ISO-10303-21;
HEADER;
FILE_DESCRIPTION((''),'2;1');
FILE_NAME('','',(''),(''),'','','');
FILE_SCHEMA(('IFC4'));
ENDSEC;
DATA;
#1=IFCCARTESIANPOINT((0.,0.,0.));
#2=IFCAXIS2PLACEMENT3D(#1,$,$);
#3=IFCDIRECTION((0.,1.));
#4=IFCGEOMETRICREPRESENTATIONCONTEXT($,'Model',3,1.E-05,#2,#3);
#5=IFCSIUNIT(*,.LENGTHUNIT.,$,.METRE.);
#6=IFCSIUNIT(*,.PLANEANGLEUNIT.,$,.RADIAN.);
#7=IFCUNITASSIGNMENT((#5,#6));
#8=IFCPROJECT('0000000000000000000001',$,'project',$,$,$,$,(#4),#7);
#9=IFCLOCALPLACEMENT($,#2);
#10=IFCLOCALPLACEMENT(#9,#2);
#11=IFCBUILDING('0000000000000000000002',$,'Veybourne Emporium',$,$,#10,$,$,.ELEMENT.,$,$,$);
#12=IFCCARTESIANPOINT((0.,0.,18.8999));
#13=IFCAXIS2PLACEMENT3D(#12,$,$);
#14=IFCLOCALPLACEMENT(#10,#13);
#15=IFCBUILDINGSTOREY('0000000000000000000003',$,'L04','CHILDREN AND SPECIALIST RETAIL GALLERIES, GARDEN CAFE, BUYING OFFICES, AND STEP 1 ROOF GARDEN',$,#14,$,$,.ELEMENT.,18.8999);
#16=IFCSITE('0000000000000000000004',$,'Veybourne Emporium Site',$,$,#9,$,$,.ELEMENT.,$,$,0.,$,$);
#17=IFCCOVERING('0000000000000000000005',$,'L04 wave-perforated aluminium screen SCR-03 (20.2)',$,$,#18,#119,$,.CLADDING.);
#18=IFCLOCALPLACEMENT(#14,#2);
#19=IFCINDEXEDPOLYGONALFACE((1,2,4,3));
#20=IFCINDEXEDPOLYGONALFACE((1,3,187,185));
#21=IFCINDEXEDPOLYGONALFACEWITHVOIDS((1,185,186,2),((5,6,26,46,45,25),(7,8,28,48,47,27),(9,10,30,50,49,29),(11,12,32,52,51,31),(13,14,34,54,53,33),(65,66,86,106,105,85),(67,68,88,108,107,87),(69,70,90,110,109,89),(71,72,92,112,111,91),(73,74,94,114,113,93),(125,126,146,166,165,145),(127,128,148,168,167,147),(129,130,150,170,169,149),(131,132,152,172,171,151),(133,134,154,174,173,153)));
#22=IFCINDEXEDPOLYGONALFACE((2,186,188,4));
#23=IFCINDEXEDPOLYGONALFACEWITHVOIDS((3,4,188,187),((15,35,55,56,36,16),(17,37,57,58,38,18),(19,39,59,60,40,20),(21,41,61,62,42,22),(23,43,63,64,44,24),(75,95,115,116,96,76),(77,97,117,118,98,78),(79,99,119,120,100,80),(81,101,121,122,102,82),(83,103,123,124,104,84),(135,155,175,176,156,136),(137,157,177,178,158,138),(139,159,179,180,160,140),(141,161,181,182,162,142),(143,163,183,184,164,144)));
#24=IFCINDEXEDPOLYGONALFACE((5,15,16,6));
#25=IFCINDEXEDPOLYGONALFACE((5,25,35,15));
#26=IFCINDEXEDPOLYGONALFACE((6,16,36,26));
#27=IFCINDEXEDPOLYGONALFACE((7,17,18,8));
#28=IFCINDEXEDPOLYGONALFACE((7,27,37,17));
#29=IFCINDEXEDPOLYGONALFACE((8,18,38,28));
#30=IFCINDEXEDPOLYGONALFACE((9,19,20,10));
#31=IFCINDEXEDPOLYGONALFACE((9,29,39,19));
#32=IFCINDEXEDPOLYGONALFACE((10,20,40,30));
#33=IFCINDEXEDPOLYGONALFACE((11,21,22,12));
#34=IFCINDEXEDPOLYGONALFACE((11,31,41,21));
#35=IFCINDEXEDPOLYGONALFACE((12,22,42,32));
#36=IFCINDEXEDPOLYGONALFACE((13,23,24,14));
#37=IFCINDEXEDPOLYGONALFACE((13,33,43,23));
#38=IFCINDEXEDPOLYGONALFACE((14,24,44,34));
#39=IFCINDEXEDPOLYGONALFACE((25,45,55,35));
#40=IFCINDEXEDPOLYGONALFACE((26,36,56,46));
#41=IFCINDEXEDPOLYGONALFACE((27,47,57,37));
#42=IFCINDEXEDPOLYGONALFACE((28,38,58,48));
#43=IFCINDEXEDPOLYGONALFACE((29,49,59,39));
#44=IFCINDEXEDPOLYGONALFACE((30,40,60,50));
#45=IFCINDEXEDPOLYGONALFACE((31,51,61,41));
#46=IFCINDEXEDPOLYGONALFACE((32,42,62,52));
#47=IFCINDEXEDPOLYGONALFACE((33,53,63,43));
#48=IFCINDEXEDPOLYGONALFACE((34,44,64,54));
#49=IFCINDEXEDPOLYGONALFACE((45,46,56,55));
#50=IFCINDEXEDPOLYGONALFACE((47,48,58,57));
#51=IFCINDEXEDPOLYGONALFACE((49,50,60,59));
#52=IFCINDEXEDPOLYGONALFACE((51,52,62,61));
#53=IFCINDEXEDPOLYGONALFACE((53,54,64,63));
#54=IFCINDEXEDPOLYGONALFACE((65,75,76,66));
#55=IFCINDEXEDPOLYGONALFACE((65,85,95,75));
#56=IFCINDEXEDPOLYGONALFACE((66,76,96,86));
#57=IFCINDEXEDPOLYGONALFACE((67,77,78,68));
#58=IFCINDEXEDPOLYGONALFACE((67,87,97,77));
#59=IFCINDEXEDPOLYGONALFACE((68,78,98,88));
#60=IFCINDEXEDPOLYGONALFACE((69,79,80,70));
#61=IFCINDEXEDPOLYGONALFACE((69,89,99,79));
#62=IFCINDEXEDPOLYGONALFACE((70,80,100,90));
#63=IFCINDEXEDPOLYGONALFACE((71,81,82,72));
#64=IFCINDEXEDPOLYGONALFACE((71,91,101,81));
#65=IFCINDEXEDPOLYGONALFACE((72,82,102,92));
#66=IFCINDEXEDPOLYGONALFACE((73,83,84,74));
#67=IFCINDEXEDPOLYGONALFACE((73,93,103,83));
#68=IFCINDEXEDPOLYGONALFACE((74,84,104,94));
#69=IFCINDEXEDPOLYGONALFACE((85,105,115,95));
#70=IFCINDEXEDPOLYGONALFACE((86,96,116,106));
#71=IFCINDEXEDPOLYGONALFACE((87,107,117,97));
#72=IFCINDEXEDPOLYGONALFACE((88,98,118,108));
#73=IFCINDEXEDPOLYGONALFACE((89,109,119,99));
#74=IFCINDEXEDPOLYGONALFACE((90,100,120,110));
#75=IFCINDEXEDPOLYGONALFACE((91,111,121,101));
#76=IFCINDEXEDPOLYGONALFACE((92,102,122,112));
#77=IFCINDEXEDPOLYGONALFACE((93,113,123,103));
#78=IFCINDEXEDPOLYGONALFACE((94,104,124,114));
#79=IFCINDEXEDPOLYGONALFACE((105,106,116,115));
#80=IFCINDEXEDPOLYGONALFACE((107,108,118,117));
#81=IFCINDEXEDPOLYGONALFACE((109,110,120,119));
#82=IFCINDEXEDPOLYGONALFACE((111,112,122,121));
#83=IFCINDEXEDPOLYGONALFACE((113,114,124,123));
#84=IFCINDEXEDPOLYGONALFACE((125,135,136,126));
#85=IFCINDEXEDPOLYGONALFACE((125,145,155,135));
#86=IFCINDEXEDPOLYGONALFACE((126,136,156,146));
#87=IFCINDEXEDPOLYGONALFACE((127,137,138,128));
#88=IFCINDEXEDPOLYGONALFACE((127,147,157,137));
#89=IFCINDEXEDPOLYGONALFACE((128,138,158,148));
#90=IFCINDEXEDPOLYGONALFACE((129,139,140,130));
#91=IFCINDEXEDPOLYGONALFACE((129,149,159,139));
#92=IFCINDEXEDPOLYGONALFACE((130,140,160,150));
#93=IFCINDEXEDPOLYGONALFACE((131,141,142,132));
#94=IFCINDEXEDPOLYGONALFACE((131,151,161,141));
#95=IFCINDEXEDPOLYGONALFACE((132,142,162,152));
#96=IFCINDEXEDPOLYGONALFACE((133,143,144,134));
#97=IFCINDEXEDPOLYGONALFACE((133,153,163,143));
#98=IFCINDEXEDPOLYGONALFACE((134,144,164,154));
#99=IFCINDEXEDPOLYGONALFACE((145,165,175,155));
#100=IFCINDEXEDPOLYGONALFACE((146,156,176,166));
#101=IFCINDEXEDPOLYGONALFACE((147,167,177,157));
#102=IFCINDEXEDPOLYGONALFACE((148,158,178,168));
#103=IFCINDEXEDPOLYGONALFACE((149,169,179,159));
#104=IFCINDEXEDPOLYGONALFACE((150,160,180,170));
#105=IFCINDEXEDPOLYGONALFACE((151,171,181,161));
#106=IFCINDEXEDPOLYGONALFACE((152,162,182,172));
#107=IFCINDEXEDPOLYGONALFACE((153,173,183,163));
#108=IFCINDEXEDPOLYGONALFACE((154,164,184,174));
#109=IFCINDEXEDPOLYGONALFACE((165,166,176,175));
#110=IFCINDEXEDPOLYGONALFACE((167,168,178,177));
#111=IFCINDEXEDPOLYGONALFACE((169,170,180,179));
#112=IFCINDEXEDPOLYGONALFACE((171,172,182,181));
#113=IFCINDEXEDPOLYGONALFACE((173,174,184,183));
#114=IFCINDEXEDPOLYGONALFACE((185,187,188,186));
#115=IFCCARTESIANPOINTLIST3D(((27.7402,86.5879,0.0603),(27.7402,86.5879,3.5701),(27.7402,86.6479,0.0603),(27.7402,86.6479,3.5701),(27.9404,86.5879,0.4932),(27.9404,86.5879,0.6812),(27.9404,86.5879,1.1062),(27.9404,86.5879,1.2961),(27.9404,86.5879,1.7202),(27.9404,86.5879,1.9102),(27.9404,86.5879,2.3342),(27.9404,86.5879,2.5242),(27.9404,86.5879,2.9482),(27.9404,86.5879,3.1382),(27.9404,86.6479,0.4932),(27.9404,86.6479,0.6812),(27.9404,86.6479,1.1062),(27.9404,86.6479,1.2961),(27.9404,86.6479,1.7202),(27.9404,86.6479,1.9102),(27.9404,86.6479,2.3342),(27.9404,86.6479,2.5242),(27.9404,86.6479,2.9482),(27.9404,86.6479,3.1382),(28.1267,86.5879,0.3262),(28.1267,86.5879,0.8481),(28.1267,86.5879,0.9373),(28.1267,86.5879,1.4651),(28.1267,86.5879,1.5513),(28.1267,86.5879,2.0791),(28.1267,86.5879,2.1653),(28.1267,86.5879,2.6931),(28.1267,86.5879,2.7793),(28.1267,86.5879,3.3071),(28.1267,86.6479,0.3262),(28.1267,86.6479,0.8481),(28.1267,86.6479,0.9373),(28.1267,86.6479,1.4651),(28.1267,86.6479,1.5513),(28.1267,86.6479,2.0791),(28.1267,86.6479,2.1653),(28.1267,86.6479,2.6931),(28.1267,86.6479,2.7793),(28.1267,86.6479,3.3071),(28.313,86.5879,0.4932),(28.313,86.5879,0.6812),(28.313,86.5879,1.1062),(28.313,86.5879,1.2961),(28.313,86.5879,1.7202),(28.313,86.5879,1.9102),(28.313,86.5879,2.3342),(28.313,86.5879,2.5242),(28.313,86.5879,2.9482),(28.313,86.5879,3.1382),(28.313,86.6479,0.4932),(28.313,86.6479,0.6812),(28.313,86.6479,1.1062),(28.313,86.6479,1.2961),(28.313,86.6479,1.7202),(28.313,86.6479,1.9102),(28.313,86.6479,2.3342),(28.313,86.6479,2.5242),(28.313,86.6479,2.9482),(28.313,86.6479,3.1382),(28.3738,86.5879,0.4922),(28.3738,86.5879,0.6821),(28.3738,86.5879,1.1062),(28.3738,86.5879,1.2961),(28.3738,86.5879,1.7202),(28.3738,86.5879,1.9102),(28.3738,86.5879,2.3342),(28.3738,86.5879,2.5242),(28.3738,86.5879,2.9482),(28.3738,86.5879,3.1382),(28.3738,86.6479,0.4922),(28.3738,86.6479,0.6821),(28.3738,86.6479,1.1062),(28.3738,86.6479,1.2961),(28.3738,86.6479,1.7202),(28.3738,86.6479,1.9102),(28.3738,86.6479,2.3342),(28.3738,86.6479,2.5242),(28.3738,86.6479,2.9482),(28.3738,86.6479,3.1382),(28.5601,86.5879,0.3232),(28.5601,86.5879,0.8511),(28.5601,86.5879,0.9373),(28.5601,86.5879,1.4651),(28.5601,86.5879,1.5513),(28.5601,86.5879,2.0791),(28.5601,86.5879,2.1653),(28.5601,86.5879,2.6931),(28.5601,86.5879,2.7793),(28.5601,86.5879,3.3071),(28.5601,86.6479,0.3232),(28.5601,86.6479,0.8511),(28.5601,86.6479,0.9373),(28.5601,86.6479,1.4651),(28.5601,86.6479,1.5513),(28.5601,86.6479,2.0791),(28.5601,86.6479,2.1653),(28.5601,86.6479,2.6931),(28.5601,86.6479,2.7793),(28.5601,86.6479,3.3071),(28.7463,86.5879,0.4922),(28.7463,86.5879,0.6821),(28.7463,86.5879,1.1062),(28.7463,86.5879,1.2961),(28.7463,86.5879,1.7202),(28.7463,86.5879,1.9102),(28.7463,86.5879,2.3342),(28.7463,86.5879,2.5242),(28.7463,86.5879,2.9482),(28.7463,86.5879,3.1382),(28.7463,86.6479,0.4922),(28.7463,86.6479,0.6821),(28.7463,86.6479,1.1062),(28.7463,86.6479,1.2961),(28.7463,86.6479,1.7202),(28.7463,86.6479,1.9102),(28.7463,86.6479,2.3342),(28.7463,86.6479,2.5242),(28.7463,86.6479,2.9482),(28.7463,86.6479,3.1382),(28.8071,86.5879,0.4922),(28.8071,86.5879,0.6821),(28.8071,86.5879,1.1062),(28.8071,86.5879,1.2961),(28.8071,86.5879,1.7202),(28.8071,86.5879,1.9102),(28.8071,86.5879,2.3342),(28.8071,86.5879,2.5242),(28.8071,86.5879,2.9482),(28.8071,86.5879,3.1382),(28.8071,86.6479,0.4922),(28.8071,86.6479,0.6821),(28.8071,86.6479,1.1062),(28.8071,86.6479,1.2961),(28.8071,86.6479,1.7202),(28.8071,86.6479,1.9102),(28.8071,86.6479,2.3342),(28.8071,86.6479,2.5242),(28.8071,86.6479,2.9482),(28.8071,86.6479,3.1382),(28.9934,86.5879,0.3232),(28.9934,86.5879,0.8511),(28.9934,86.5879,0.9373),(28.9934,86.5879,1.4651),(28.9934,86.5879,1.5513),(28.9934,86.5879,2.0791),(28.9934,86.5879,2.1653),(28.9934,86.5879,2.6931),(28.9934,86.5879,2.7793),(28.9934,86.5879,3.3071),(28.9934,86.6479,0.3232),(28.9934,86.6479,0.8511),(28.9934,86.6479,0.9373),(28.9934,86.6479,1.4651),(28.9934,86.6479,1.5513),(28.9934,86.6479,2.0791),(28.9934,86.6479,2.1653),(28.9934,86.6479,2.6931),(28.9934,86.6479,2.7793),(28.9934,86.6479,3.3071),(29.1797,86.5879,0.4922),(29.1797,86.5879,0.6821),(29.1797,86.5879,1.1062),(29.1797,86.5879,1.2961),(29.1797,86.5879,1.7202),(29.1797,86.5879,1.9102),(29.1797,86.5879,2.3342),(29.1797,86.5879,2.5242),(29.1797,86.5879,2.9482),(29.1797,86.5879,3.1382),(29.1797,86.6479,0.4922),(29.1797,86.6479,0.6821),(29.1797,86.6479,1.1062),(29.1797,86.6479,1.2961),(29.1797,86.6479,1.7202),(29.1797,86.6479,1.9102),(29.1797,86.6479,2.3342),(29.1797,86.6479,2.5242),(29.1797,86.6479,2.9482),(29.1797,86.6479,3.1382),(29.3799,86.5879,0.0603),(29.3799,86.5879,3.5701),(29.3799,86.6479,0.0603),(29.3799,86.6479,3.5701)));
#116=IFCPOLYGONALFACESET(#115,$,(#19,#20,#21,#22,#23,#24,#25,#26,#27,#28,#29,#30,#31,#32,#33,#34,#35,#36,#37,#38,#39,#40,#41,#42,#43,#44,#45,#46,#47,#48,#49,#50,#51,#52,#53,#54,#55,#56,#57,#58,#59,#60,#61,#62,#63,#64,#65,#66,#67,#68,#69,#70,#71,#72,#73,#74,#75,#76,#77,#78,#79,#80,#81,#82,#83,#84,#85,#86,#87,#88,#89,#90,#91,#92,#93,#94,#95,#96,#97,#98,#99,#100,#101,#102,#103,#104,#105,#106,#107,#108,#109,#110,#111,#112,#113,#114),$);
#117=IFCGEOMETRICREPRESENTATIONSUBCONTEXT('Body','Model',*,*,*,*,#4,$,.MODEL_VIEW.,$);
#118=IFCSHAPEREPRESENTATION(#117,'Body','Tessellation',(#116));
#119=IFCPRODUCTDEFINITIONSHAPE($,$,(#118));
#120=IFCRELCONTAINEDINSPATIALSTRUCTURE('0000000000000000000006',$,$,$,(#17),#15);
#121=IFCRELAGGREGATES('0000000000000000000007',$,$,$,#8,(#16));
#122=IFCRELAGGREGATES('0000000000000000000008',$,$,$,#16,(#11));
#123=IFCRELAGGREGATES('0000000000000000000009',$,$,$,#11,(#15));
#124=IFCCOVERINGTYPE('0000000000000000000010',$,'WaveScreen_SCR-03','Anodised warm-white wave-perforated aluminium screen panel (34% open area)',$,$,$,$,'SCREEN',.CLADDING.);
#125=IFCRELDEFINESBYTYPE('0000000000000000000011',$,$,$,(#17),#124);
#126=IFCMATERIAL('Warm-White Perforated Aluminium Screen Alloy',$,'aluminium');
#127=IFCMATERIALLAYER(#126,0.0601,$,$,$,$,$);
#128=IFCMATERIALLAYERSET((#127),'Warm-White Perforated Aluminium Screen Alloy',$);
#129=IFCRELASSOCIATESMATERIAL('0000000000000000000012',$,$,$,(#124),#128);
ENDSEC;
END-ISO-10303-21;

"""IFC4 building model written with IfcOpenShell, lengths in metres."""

from ifc_helpers import new_model, si_unit, direction, frame, origin, place, context, subcontext, project, spatial, polyline, outline, extrude, material, layer, layer_set, type_object, element, save


model = new_model("IFC4")

# Units and contexts
model_context = context("Model", 3, precision=1e-05, world=origin(), true_north=direction((0.0, 1.0)))
body_context = subcontext(model_context, "Body", "Model", "MODEL_VIEW")
ifc_project = project(units=[si_unit("LENGTHUNIT", "METRE"), si_unit("PLANEANGLEUNIT", "RADIAN")], contexts=[model_context])

# Site, building, storey
site_placement = place(None, origin())
site = spatial("IfcSite", under=ifc_project, at=site_placement, Name="Veybourne Emporium Site", CompositionType="ELEMENT", RefElevation=0.0)
building_placement = place(site_placement, origin())
building = spatial("IfcBuilding", under=site, at=building_placement, Name="Veybourne Emporium", CompositionType="ELEMENT")
storey_placement = place(building_placement, frame((0.0, 0.0, 18.8999)))
storey = spatial("IfcBuildingStorey", under=building, at=storey_placement, Name="L04", Description="CHILDREN AND SPECIALIST RETAIL GALLERIES, GARDEN CAFE, BUYING OFFICES, AND STEP 1 ROOF GARDEN", CompositionType="ELEMENT", Elevation=18.8999)

# Covering
ifc_material_1 = material(Name="Warm-White Perforated Aluminium Screen Alloy", Category="aluminium")
ifc_layer_1 = layer(ifc_material_1, 0.0601)
ifc_layer_set_1 = layer_set([ifc_layer_1], Name="Warm-White Perforated Aluminium Screen Alloy")
covering_type_1 = type_object("IfcCoveringType", Name="WaveScreen_SCR-03", Description="Anodised warm-white wave-perforated aluminium screen panel (34% open area)", ElementType="SCREEN", PredefinedType="CLADDING", material=ifc_layer_set_1)
covering_1_placement = place(storey_placement, frame((28.5601, 86.6479, 1.8152), z_axis=(0.0, -1.0, 0.0), x_axis=(1.0, 0.0, 0.0)))
element("IfcCovering", 1, at=covering_1_placement, inside=storey, type_object=covering_type_1, Name="L04 wave-perforated aluminium screen SCR-03 (20.2)", PredefinedType="CLADDING", context=body_context, shape_type="SweptSolid", body=[
    extrude(outline(polyline([(-0.8198, -1.7549), (0.8198, -1.7549), (0.8198, 1.7549), (-0.8198, 1.7549), (-0.8198, -1.7549)]), holes=[polyline([(-0.4333, -0.967), (-0.2471, -1.134), (-0.2471, -1.322), (-0.4333, -1.489), (-0.6196, -1.322), (-0.6196, -1.134), (-0.4333, -0.967)]), polyline([(-0.4333, -0.3501), (-0.2471, -0.519), (-0.2471, -0.709), (-0.4333, -0.8779), (-0.6196, -0.709), (-0.6196, -0.519), (-0.4333, -0.3501)]), polyline([(-0.4333, 0.2639), (-0.2471, 0.095), (-0.2471, -0.095), (-0.4333, -0.2639), (-0.6196, -0.095), (-0.6196, 0.095), (-0.4333, 0.2639)]), polyline([(-0.4333, 0.8779), (-0.2471, 0.709), (-0.2471, 0.519), (-0.4333, 0.3501), (-0.6196, 0.519), (-0.6196, 0.709), (-0.4333, 0.8779)]), polyline([(-0.4333, 1.4919), (-0.2471, 1.323), (-0.2471, 1.1331), (-0.4333, 0.9641), (-0.6196, 1.1331), (-0.6196, 1.323), (-0.4333, 1.4919)]), polyline([(0.0, -0.9641), (0.1863, -1.1331), (0.1863, -1.323), (0.0, -1.4919), (-0.1863, -1.323), (-0.1863, -1.1331), (0.0, -0.9641)]), polyline([(0.0, -0.3501), (0.1863, -0.519), (0.1863, -0.709), (0.0, -0.8779), (-0.1863, -0.709), (-0.1863, -0.519), (0.0, -0.3501)]), polyline([(0.0, 0.2639), (0.1863, 0.095), (0.1863, -0.095), (0.0, -0.2639), (-0.1863, -0.095), (-0.1863, 0.095), (0.0, 0.2639)]), polyline([(0.0, 0.8779), (0.1863, 0.709), (0.1863, 0.519), (0.0, 0.3501), (-0.1863, 0.519), (-0.1863, 0.709), (0.0, 0.8779)]), polyline([(0.0, 1.4919), (0.1863, 1.323), (0.1863, 1.1331), (0.0, 0.9641), (-0.1863, 1.1331), (-0.1863, 1.323), (0.0, 1.4919)]), polyline([(0.4333, -0.9641), (0.6196, -1.1331), (0.6196, -1.323), (0.4333, -1.4919), (0.2471, -1.323), (0.2471, -1.1331), (0.4333, -0.9641)]), polyline([(0.4333, -0.3501), (0.6196, -0.519), (0.6196, -0.709), (0.4333, -0.8779), (0.2471, -0.709), (0.2471, -0.519), (0.4333, -0.3501)]), polyline([(0.4333, 0.2639), (0.6196, 0.095), (0.6196, -0.095), (0.4333, -0.2639), (0.2471, -0.095), (0.2471, 0.095), (0.4333, 0.2639)]), polyline([(0.4333, 0.8779), (0.6196, 0.709), (0.6196, 0.519), (0.4333, 0.3501), (0.2471, 0.519), (0.2471, 0.709), (0.4333, 0.8779)]), polyline([(0.4333, 1.4919), (0.6196, 1.323), (0.6196, 1.1331), (0.4333, 0.9641), (0.2471, 1.1331), (0.2471, 1.323), (0.4333, 1.4919)])]), origin(), (0.0, 0.0, 1.0), 0.0601),
])

save(model, "model.ifc")
